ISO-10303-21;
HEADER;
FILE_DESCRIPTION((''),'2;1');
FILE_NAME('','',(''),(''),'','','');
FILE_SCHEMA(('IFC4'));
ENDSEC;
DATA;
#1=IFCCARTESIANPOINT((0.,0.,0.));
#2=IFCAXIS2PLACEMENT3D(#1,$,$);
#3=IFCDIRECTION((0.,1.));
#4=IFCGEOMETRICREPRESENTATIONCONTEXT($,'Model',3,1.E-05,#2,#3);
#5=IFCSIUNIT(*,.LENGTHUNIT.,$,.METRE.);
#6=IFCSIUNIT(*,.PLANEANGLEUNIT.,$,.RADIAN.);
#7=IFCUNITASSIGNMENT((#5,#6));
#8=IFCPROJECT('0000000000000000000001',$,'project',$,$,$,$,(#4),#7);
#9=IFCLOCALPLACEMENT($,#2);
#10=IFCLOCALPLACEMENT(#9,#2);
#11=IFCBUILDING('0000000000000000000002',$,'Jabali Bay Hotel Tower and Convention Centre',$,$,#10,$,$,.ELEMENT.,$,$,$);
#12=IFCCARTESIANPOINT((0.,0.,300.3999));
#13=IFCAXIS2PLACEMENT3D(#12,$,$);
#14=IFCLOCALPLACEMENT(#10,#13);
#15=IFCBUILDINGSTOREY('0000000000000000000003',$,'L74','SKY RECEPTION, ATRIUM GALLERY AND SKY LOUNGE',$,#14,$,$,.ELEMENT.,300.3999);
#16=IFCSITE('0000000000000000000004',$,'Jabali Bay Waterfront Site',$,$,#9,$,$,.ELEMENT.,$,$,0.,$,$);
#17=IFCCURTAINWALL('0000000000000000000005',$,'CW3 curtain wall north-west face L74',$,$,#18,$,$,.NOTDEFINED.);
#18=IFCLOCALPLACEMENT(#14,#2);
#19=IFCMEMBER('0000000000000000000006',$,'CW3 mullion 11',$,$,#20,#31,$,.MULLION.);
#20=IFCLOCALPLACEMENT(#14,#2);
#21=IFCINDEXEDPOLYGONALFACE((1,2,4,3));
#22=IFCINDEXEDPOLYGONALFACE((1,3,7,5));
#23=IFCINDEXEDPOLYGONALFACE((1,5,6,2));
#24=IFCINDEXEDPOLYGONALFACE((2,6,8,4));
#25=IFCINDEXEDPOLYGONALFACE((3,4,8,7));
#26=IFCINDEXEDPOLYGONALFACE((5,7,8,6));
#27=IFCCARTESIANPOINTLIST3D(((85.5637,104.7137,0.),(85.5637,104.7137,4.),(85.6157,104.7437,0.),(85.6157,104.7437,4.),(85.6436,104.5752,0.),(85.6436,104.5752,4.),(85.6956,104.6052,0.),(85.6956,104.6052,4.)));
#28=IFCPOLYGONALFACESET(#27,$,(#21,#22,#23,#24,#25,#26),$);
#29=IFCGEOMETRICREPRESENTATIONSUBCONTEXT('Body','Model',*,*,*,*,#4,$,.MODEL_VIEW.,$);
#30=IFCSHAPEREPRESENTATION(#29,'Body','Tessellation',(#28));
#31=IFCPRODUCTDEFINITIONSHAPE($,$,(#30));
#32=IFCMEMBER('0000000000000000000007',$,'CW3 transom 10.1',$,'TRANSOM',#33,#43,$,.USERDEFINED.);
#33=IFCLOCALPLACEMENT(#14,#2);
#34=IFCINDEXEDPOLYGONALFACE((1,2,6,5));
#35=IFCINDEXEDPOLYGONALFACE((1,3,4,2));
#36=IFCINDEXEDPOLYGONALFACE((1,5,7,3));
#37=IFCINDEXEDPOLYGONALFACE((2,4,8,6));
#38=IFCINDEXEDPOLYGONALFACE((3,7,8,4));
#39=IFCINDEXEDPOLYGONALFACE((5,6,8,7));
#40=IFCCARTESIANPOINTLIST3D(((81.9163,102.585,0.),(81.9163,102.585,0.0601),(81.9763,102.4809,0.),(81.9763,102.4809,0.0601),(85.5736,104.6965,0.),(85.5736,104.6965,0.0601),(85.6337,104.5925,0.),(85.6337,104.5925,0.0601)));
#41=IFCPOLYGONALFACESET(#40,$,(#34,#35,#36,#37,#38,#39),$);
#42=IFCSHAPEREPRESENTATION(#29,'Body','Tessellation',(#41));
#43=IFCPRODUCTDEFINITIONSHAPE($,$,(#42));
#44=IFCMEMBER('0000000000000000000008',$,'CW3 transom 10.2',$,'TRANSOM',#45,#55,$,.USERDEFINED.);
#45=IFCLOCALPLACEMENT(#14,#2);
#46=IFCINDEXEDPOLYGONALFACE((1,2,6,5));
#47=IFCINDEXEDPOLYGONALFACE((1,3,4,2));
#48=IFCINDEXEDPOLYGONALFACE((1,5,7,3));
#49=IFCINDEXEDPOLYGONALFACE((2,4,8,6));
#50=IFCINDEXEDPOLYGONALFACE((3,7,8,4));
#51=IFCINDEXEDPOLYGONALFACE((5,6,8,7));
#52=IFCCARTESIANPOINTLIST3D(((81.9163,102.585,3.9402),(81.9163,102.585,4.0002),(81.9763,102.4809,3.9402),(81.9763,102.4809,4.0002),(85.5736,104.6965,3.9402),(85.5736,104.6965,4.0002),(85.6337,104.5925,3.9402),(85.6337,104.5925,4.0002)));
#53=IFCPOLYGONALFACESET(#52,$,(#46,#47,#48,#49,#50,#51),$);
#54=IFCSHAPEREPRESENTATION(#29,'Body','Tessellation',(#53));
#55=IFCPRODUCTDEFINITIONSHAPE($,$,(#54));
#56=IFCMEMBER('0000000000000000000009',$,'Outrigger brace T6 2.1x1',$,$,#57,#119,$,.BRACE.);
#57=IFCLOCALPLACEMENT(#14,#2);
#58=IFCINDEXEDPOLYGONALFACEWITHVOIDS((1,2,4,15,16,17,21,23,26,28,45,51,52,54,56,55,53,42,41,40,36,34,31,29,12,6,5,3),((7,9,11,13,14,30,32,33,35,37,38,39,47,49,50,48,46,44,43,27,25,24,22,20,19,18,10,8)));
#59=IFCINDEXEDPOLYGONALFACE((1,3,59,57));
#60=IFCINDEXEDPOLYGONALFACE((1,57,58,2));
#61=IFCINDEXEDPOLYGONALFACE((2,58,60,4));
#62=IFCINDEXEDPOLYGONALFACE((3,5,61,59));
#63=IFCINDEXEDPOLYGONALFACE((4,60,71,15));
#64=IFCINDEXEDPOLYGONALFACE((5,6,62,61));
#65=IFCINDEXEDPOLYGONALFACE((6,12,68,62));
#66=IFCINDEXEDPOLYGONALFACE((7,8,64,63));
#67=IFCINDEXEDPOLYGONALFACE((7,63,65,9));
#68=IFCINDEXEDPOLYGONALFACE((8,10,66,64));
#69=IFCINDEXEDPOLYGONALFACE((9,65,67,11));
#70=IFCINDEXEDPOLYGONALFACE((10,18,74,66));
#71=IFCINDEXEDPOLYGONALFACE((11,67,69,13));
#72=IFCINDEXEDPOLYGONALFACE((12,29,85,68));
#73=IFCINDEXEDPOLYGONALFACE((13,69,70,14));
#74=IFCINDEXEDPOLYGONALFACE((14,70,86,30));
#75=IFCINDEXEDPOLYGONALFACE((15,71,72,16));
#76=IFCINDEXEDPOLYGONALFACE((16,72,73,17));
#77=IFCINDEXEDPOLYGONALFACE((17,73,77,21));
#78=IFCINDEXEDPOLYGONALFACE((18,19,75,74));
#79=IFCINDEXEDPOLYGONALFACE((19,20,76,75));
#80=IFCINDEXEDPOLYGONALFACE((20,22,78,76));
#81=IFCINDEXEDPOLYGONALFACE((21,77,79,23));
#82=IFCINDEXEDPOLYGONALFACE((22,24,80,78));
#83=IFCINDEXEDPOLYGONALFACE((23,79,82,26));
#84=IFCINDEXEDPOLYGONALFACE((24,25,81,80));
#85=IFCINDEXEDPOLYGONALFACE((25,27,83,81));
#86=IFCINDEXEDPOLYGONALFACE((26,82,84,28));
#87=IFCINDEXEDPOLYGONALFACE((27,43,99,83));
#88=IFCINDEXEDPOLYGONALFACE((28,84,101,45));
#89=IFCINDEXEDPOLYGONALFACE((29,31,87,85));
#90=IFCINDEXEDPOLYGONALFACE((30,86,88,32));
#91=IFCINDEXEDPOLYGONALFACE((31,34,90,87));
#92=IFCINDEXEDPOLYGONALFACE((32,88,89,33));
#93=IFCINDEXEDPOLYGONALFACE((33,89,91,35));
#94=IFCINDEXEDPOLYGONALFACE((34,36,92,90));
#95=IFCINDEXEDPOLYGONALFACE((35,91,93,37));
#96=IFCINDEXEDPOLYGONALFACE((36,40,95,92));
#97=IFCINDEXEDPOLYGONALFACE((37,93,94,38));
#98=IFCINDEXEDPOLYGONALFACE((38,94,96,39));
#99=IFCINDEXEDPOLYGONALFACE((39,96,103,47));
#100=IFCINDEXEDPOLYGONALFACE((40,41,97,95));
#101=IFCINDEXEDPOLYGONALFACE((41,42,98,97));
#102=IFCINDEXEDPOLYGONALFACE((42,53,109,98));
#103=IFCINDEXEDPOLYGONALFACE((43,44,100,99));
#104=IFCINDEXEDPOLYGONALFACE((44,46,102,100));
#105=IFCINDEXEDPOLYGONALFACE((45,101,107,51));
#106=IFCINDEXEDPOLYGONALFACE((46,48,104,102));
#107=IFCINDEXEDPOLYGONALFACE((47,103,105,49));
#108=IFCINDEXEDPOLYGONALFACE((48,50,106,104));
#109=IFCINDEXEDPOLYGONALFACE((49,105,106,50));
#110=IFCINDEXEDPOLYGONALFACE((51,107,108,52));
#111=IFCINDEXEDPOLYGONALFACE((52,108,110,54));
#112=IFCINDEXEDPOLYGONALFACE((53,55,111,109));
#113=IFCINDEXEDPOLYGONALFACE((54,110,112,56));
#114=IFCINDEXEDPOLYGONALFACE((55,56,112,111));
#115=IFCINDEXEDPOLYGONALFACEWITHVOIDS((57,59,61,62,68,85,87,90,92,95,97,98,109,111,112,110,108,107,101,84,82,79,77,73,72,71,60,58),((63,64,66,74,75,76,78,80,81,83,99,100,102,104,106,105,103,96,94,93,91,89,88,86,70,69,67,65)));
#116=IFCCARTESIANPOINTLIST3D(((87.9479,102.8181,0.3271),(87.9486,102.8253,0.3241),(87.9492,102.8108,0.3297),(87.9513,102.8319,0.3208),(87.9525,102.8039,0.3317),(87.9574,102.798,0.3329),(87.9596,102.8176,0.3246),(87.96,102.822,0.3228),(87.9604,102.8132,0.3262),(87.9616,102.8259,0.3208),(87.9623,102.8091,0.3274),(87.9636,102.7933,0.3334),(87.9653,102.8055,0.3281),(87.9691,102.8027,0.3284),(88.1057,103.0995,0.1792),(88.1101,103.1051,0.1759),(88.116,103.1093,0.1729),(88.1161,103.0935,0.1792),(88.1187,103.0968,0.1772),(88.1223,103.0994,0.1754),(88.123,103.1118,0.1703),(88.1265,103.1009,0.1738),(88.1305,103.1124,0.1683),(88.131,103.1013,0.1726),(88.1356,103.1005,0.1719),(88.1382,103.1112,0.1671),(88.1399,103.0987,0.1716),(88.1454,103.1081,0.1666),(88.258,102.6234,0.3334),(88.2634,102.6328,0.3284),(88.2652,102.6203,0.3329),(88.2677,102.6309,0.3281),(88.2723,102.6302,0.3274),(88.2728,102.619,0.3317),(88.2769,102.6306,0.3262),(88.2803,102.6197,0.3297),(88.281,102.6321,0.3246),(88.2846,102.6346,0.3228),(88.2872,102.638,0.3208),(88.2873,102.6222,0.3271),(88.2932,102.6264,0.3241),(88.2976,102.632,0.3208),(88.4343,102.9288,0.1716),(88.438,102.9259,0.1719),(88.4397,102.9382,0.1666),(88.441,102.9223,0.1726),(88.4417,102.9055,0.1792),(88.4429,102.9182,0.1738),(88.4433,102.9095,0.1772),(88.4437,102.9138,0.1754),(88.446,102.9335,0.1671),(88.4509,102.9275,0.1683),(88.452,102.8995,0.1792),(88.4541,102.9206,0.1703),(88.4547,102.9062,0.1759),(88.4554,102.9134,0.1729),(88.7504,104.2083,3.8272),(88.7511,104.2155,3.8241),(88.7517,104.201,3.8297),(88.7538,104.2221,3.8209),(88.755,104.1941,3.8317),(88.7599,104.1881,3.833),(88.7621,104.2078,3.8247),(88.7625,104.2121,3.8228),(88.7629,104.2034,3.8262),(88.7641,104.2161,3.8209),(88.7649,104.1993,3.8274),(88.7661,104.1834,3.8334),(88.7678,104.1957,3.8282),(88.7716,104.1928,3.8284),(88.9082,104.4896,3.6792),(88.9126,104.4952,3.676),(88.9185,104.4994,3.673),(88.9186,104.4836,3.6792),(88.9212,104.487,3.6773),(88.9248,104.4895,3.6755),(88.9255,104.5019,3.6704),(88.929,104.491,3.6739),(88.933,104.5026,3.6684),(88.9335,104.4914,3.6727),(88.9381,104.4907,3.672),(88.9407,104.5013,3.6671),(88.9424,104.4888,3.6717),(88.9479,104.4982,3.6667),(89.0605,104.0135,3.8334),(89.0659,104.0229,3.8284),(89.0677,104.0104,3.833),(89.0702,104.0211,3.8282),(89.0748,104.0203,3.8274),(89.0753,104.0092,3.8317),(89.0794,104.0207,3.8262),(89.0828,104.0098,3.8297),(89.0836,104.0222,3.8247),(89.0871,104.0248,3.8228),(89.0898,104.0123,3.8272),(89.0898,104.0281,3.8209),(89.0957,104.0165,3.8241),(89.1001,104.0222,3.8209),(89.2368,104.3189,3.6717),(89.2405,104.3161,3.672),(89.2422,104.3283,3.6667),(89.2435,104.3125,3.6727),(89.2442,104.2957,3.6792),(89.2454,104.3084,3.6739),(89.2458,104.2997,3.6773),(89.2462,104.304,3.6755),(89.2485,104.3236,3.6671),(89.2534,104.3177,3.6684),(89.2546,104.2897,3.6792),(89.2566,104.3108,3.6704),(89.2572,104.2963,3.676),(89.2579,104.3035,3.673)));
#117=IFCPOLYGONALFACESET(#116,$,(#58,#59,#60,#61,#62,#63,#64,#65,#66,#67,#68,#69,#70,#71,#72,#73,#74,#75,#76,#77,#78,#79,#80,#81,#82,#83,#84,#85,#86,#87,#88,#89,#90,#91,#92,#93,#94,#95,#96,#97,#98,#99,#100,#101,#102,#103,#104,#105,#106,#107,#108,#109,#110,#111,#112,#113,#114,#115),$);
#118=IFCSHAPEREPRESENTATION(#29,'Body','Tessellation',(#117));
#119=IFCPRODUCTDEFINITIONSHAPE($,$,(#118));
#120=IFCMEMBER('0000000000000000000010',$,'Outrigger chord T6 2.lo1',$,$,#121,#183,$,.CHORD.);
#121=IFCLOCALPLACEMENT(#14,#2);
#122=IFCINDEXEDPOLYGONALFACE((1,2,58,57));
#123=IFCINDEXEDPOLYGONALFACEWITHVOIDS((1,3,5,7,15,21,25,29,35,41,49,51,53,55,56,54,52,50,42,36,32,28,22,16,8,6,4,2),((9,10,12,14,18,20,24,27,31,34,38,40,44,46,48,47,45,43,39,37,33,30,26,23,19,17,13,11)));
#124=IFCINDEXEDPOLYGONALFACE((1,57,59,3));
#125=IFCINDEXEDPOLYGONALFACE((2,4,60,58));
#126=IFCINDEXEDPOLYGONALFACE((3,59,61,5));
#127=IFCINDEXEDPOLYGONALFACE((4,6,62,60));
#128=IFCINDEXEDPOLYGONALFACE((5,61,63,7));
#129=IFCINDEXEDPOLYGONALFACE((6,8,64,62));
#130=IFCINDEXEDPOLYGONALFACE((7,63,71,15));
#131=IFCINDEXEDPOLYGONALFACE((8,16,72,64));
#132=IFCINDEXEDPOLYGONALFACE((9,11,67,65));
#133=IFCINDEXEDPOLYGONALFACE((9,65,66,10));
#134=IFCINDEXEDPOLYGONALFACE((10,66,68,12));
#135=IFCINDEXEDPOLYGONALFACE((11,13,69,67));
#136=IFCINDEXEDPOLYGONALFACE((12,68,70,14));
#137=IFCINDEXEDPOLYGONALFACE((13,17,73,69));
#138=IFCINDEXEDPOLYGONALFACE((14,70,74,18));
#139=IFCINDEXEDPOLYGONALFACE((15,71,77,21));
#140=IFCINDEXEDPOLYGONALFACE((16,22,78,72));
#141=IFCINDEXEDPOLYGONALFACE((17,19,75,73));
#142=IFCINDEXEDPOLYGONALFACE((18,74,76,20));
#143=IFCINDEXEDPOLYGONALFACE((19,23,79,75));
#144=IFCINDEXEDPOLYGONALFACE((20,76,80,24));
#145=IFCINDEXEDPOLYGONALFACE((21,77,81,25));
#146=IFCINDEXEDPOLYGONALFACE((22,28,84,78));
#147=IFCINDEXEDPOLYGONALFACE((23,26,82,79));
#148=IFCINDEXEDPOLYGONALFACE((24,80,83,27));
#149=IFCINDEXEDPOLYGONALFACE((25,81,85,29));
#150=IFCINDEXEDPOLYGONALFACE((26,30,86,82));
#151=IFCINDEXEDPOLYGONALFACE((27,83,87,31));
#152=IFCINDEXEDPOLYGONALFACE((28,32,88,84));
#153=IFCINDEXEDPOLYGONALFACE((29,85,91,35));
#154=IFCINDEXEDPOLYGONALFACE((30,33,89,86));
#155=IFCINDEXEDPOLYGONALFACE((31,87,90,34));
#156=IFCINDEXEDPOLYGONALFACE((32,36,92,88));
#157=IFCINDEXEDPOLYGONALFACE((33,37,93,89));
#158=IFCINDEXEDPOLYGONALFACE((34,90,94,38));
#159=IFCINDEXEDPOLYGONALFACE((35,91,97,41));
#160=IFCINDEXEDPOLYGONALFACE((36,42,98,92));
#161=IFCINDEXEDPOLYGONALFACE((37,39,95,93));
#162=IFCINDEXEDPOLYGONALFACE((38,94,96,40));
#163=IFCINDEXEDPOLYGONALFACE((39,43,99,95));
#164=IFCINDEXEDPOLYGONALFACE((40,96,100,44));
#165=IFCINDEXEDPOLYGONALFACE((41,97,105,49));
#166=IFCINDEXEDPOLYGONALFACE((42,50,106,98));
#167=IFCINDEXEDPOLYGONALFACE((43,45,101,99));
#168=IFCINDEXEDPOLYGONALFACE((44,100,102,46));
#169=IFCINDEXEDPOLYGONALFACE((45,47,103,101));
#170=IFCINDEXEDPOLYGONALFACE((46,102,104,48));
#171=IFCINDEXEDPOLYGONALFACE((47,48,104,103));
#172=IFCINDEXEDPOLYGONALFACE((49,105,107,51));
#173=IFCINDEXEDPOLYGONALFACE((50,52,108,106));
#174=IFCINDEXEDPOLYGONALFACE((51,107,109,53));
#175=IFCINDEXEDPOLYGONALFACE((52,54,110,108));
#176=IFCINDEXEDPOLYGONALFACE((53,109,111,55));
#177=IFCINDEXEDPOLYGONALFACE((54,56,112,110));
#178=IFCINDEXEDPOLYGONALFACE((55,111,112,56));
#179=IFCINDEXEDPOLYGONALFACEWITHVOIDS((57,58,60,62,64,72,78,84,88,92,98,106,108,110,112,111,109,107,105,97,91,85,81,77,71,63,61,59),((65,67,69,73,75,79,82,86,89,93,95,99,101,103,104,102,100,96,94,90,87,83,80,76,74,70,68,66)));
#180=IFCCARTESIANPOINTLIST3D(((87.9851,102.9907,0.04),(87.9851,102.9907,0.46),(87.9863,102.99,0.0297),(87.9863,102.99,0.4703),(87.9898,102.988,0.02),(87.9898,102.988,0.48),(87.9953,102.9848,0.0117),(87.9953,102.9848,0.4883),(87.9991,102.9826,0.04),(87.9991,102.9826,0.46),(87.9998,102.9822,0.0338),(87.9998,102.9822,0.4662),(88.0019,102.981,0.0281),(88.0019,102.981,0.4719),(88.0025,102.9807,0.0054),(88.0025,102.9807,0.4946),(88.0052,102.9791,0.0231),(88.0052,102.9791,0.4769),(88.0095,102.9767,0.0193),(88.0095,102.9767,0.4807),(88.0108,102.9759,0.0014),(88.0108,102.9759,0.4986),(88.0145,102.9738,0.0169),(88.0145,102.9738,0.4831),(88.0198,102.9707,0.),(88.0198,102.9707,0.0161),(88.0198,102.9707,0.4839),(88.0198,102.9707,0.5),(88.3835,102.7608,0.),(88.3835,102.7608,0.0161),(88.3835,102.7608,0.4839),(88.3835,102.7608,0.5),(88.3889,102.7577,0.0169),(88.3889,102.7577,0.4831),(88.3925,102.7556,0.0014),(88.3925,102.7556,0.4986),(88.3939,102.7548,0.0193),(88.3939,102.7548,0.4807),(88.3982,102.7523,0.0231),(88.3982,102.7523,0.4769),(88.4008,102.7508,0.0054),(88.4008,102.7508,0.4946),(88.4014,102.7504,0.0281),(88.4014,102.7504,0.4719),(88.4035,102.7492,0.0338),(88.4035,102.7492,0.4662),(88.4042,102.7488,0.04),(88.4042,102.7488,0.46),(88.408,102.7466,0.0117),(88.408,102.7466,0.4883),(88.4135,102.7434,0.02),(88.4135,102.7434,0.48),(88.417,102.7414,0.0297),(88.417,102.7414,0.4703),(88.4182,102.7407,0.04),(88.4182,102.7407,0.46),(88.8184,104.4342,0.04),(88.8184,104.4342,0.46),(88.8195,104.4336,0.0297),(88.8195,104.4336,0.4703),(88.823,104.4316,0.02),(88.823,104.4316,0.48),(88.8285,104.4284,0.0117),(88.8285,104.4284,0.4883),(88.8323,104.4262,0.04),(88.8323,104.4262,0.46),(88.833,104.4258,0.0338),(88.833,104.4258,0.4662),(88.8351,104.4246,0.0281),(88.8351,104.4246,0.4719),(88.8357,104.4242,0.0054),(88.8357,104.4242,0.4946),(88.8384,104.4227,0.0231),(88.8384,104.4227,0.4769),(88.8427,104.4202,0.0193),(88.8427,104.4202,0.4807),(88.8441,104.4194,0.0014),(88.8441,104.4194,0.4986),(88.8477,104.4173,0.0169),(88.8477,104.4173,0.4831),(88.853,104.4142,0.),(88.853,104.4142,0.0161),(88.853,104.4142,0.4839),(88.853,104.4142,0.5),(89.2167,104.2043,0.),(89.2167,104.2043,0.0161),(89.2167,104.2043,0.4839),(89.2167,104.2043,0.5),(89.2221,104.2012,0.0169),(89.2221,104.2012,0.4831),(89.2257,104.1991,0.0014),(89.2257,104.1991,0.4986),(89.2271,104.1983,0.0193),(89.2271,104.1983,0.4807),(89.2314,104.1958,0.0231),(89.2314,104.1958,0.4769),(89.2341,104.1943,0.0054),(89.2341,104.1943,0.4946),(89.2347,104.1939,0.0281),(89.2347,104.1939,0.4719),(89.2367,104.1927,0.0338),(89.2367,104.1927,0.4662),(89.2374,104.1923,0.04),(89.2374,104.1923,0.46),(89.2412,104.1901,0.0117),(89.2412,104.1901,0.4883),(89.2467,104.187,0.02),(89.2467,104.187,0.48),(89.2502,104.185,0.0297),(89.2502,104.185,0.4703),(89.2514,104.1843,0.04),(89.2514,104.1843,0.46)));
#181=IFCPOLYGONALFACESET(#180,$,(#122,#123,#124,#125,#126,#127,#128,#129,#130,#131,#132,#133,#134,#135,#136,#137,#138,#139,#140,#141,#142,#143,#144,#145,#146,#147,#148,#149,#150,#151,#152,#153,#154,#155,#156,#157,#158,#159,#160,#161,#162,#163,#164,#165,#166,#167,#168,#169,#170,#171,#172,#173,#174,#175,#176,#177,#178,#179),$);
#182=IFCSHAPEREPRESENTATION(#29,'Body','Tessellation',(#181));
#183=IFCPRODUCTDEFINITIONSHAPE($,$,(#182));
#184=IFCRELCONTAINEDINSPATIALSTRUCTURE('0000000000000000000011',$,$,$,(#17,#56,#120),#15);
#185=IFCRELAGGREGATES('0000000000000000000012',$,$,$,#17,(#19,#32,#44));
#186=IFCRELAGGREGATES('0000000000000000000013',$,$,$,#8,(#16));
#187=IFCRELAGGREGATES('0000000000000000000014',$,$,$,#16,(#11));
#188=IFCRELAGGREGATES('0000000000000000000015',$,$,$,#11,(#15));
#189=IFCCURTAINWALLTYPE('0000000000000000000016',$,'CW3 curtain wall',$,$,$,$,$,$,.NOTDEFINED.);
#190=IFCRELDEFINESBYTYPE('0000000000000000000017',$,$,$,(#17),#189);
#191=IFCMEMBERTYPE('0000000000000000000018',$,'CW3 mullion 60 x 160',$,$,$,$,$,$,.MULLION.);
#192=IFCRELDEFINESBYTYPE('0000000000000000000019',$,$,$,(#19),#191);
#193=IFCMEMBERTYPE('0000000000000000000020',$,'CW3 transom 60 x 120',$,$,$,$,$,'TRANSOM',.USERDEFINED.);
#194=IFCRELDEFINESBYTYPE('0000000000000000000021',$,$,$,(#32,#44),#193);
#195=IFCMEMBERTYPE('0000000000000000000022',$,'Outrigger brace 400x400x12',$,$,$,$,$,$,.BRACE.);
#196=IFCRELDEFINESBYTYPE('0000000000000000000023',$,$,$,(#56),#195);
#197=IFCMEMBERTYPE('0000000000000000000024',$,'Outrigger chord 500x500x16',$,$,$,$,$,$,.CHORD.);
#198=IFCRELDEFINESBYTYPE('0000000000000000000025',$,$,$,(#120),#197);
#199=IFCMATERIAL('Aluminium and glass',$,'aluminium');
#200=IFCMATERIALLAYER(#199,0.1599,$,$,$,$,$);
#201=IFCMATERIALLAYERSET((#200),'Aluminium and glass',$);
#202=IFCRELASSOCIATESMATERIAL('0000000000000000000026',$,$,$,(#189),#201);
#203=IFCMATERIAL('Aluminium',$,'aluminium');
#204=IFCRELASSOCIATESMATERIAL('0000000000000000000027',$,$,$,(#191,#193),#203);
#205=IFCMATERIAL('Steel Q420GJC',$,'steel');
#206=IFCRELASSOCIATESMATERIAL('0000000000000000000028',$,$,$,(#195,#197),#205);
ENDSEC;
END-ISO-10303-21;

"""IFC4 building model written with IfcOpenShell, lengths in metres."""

from ifc_helpers import new_model, si_unit, direction, frame, origin, origin_2d, place, context, subcontext, project, spatial, rectangle, hollow_rectangle, extrude, material, layer, layer_set, material_profile, profile_set, type_object, element, aggregate, save


model = new_model("IFC4")

# Units and contexts
model_context = context("Model", 3, precision=1e-05, world=origin(), true_north=direction((0.0, 1.0)))
body_context = subcontext(model_context, "Body", "Model", "MODEL_VIEW")
ifc_project = project(units=[si_unit("LENGTHUNIT", "METRE"), si_unit("PLANEANGLEUNIT", "RADIAN")], contexts=[model_context])

# Site, building, storey
site_placement = place(None, origin())
site = spatial("IfcSite", under=ifc_project, at=site_placement, Name="Jabali Bay Waterfront Site", CompositionType="ELEMENT", RefElevation=0.0)
building_placement = place(site_placement, origin())
building = spatial("IfcBuilding", under=site, at=building_placement, Name="Jabali Bay Hotel Tower and Convention Centre", CompositionType="ELEMENT")
storey_placement = place(building_placement, frame((0.0, 0.0, 300.3999)))
storey = spatial("IfcBuildingStorey", under=building, at=storey_placement, Name="L74", Description="SKY RECEPTION, ATRIUM GALLERY AND SKY LOUNGE", CompositionType="ELEMENT", Elevation=300.3999)

# Shared definitions
ifc_material_1 = material(Name="Steel Q420GJC", Category="steel")

# Curtain wall, members
ifc_material_2 = material(Name="Aluminium and glass", Category="aluminium")
ifc_layer_1 = layer(ifc_material_2, 0.1599)
ifc_layer_set_1 = layer_set([ifc_layer_1], Name="Aluminium and glass")
curtain_wall_type = type_object("IfcCurtainWallType", Name="CW3 curtain wall", PredefinedType="NOTDEFINED", material=ifc_layer_set_1)
curtain_wall_placement = place(storey_placement, origin())
curtain_wall = element("IfcCurtainWall", 1, at=curtain_wall_placement, inside=storey, type_object=curtain_wall_type, Name="CW3 curtain wall north-west face L74", PredefinedType="NOTDEFINED")
ifc_material_3 = material(Name="Aluminium", Category="aluminium")
ifc_material_profile_1 = material_profile(ifc_material_3, rectangle(XDim=0.1599, YDim=0.0601, at=origin_2d()), Name="CW3 mullion 60 x 160")
ifc_profile_set_1 = profile_set([ifc_material_profile_1], Name="Aluminium")
member_type_1 = type_object("IfcMemberType", Name="CW3 mullion 60 x 160", PredefinedType="MULLION", material=ifc_profile_set_1)
member_1_placement = place(storey_placement, frame((85.6296, 104.6594, 0.0), z_axis=(0.0, 0.0, 1.0), x_axis=(-0.5, 0.866025, 0.0)))
member_1 = element("IfcMember", 2, at=member_1_placement, type_object=member_type_1, Name="CW3 mullion 11", PredefinedType="MULLION", context=body_context, shape_type="SweptSolid", body=[
    extrude(rectangle(XDim=0.1599, YDim=0.0601, at=origin_2d()), origin(), (0.0, 0.0, 1.0), 4.0),
])
ifc_material_profile_2 = material_profile(ifc_material_3, rectangle(XDim=0.1201, YDim=0.0601, at=origin_2d()), Name="CW3 transom 60 x 120")
ifc_profile_set_2 = profile_set([ifc_material_profile_2], Name="Aluminium")
member_type_2 = type_object("IfcMemberType", Name="CW3 transom 60 x 120", ElementType="TRANSOM", PredefinedType="USERDEFINED", material=ifc_profile_set_2)
member_2_placement = place(storey_placement, frame((81.9463, 102.533, 0.03), z_axis=(0.866033, 0.499988, 0.0), x_axis=(-0.499988, 0.866033, 0.0)))
member_2 = element("IfcMember", 3, at=member_2_placement, type_object=member_type_2, Name="CW3 transom 10.1", ObjectType="TRANSOM", PredefinedType="USERDEFINED", context=body_context, shape_type="SweptSolid", body=[
    extrude(rectangle(XDim=0.1201, YDim=0.0601, at=origin_2d()), origin(), (0.0, 0.0, 1.0), 4.2231),
])
member_3_placement = place(storey_placement, frame((81.9463, 102.533, 3.9702), z_axis=(0.866033, 0.499988, 0.0), x_axis=(-0.499988, 0.866033, 0.0)))
member_3 = element("IfcMember", 4, at=member_3_placement, type_object=member_type_2, Name="CW3 transom 10.2", ObjectType="TRANSOM", PredefinedType="USERDEFINED", context=body_context, shape_type="SweptSolid", body=[
    extrude(rectangle(XDim=0.1201, YDim=0.0601, at=origin_2d()), origin(), (0.0, 0.0, 1.0), 4.2231),
])

# Members
ifc_material_profile_3 = material_profile(ifc_material_1, hollow_rectangle(XDim=0.3999, YDim=0.3999, WallThickness=0.012, InnerFilletRadius=0.0181, OuterFilletRadius=0.03, at=origin_2d()), Name="Outrigger brace 400x400x12")
ifc_profile_set_3 = profile_set([ifc_material_profile_3], Name="Steel Q420GJC")
member_type_3 = type_object("IfcMemberType", Name="Outrigger brace 400x400x12", PredefinedType="BRACE", material=ifc_profile_set_3)
member_4_placement = place(storey_placement, frame((88.2017, 102.8657, 0.25), z_axis=(0.208411, 0.361026, 0.908969), x_axis=(-0.866054, 0.499951, 0.0)))
element("IfcMember", 5, at=member_4_placement, inside=storey, type_object=member_type_3, Name="Outrigger brace T6 2.1x1", PredefinedType="BRACE", context=body_context, shape_type="SweptSolid", body=[
    extrude(hollow_rectangle(XDim=0.3999, YDim=0.3999, WallThickness=0.012, InnerFilletRadius=0.0181, OuterFilletRadius=0.03, at=origin_2d()), origin(), (0.0, 0.0, 1.0), 3.8506),
])
ifc_material_profile_4 = material_profile(ifc_material_1, hollow_rectangle(XDim=0.5, YDim=0.5, WallThickness=0.0161, InnerFilletRadius=0.0239, OuterFilletRadius=0.04, at=origin_2d()), Name="Outrigger chord 500x500x16")
ifc_profile_set_4 = profile_set([ifc_material_profile_4], Name="Steel Q420GJC")
member_type_4 = type_object("IfcMemberType", Name="Outrigger chord 500x500x16", PredefinedType="CHORD", material=ifc_profile_set_4)
member_5_placement = place(storey_placement, frame((88.2017, 102.8657, 0.25), z_axis=(0.499904, 0.866081, 0.0), x_axis=(-0.866081, 0.499904, 0.0)))
element("IfcMember", 6, at=member_5_placement, inside=storey, type_object=member_type_4, Name="Outrigger chord T6 2.lo1", PredefinedType="CHORD", context=body_context, shape_type="SweptSolid", body=[
    extrude(hollow_rectangle(XDim=0.5, YDim=0.5, WallThickness=0.0161, InnerFilletRadius=0.0239, OuterFilletRadius=0.04, at=origin_2d()), origin(), (0.0, 0.0, 1.0), 1.6667),
])

aggregate(curtain_wall, [member_1, member_2, member_3])

save(model, "model.ifc")
